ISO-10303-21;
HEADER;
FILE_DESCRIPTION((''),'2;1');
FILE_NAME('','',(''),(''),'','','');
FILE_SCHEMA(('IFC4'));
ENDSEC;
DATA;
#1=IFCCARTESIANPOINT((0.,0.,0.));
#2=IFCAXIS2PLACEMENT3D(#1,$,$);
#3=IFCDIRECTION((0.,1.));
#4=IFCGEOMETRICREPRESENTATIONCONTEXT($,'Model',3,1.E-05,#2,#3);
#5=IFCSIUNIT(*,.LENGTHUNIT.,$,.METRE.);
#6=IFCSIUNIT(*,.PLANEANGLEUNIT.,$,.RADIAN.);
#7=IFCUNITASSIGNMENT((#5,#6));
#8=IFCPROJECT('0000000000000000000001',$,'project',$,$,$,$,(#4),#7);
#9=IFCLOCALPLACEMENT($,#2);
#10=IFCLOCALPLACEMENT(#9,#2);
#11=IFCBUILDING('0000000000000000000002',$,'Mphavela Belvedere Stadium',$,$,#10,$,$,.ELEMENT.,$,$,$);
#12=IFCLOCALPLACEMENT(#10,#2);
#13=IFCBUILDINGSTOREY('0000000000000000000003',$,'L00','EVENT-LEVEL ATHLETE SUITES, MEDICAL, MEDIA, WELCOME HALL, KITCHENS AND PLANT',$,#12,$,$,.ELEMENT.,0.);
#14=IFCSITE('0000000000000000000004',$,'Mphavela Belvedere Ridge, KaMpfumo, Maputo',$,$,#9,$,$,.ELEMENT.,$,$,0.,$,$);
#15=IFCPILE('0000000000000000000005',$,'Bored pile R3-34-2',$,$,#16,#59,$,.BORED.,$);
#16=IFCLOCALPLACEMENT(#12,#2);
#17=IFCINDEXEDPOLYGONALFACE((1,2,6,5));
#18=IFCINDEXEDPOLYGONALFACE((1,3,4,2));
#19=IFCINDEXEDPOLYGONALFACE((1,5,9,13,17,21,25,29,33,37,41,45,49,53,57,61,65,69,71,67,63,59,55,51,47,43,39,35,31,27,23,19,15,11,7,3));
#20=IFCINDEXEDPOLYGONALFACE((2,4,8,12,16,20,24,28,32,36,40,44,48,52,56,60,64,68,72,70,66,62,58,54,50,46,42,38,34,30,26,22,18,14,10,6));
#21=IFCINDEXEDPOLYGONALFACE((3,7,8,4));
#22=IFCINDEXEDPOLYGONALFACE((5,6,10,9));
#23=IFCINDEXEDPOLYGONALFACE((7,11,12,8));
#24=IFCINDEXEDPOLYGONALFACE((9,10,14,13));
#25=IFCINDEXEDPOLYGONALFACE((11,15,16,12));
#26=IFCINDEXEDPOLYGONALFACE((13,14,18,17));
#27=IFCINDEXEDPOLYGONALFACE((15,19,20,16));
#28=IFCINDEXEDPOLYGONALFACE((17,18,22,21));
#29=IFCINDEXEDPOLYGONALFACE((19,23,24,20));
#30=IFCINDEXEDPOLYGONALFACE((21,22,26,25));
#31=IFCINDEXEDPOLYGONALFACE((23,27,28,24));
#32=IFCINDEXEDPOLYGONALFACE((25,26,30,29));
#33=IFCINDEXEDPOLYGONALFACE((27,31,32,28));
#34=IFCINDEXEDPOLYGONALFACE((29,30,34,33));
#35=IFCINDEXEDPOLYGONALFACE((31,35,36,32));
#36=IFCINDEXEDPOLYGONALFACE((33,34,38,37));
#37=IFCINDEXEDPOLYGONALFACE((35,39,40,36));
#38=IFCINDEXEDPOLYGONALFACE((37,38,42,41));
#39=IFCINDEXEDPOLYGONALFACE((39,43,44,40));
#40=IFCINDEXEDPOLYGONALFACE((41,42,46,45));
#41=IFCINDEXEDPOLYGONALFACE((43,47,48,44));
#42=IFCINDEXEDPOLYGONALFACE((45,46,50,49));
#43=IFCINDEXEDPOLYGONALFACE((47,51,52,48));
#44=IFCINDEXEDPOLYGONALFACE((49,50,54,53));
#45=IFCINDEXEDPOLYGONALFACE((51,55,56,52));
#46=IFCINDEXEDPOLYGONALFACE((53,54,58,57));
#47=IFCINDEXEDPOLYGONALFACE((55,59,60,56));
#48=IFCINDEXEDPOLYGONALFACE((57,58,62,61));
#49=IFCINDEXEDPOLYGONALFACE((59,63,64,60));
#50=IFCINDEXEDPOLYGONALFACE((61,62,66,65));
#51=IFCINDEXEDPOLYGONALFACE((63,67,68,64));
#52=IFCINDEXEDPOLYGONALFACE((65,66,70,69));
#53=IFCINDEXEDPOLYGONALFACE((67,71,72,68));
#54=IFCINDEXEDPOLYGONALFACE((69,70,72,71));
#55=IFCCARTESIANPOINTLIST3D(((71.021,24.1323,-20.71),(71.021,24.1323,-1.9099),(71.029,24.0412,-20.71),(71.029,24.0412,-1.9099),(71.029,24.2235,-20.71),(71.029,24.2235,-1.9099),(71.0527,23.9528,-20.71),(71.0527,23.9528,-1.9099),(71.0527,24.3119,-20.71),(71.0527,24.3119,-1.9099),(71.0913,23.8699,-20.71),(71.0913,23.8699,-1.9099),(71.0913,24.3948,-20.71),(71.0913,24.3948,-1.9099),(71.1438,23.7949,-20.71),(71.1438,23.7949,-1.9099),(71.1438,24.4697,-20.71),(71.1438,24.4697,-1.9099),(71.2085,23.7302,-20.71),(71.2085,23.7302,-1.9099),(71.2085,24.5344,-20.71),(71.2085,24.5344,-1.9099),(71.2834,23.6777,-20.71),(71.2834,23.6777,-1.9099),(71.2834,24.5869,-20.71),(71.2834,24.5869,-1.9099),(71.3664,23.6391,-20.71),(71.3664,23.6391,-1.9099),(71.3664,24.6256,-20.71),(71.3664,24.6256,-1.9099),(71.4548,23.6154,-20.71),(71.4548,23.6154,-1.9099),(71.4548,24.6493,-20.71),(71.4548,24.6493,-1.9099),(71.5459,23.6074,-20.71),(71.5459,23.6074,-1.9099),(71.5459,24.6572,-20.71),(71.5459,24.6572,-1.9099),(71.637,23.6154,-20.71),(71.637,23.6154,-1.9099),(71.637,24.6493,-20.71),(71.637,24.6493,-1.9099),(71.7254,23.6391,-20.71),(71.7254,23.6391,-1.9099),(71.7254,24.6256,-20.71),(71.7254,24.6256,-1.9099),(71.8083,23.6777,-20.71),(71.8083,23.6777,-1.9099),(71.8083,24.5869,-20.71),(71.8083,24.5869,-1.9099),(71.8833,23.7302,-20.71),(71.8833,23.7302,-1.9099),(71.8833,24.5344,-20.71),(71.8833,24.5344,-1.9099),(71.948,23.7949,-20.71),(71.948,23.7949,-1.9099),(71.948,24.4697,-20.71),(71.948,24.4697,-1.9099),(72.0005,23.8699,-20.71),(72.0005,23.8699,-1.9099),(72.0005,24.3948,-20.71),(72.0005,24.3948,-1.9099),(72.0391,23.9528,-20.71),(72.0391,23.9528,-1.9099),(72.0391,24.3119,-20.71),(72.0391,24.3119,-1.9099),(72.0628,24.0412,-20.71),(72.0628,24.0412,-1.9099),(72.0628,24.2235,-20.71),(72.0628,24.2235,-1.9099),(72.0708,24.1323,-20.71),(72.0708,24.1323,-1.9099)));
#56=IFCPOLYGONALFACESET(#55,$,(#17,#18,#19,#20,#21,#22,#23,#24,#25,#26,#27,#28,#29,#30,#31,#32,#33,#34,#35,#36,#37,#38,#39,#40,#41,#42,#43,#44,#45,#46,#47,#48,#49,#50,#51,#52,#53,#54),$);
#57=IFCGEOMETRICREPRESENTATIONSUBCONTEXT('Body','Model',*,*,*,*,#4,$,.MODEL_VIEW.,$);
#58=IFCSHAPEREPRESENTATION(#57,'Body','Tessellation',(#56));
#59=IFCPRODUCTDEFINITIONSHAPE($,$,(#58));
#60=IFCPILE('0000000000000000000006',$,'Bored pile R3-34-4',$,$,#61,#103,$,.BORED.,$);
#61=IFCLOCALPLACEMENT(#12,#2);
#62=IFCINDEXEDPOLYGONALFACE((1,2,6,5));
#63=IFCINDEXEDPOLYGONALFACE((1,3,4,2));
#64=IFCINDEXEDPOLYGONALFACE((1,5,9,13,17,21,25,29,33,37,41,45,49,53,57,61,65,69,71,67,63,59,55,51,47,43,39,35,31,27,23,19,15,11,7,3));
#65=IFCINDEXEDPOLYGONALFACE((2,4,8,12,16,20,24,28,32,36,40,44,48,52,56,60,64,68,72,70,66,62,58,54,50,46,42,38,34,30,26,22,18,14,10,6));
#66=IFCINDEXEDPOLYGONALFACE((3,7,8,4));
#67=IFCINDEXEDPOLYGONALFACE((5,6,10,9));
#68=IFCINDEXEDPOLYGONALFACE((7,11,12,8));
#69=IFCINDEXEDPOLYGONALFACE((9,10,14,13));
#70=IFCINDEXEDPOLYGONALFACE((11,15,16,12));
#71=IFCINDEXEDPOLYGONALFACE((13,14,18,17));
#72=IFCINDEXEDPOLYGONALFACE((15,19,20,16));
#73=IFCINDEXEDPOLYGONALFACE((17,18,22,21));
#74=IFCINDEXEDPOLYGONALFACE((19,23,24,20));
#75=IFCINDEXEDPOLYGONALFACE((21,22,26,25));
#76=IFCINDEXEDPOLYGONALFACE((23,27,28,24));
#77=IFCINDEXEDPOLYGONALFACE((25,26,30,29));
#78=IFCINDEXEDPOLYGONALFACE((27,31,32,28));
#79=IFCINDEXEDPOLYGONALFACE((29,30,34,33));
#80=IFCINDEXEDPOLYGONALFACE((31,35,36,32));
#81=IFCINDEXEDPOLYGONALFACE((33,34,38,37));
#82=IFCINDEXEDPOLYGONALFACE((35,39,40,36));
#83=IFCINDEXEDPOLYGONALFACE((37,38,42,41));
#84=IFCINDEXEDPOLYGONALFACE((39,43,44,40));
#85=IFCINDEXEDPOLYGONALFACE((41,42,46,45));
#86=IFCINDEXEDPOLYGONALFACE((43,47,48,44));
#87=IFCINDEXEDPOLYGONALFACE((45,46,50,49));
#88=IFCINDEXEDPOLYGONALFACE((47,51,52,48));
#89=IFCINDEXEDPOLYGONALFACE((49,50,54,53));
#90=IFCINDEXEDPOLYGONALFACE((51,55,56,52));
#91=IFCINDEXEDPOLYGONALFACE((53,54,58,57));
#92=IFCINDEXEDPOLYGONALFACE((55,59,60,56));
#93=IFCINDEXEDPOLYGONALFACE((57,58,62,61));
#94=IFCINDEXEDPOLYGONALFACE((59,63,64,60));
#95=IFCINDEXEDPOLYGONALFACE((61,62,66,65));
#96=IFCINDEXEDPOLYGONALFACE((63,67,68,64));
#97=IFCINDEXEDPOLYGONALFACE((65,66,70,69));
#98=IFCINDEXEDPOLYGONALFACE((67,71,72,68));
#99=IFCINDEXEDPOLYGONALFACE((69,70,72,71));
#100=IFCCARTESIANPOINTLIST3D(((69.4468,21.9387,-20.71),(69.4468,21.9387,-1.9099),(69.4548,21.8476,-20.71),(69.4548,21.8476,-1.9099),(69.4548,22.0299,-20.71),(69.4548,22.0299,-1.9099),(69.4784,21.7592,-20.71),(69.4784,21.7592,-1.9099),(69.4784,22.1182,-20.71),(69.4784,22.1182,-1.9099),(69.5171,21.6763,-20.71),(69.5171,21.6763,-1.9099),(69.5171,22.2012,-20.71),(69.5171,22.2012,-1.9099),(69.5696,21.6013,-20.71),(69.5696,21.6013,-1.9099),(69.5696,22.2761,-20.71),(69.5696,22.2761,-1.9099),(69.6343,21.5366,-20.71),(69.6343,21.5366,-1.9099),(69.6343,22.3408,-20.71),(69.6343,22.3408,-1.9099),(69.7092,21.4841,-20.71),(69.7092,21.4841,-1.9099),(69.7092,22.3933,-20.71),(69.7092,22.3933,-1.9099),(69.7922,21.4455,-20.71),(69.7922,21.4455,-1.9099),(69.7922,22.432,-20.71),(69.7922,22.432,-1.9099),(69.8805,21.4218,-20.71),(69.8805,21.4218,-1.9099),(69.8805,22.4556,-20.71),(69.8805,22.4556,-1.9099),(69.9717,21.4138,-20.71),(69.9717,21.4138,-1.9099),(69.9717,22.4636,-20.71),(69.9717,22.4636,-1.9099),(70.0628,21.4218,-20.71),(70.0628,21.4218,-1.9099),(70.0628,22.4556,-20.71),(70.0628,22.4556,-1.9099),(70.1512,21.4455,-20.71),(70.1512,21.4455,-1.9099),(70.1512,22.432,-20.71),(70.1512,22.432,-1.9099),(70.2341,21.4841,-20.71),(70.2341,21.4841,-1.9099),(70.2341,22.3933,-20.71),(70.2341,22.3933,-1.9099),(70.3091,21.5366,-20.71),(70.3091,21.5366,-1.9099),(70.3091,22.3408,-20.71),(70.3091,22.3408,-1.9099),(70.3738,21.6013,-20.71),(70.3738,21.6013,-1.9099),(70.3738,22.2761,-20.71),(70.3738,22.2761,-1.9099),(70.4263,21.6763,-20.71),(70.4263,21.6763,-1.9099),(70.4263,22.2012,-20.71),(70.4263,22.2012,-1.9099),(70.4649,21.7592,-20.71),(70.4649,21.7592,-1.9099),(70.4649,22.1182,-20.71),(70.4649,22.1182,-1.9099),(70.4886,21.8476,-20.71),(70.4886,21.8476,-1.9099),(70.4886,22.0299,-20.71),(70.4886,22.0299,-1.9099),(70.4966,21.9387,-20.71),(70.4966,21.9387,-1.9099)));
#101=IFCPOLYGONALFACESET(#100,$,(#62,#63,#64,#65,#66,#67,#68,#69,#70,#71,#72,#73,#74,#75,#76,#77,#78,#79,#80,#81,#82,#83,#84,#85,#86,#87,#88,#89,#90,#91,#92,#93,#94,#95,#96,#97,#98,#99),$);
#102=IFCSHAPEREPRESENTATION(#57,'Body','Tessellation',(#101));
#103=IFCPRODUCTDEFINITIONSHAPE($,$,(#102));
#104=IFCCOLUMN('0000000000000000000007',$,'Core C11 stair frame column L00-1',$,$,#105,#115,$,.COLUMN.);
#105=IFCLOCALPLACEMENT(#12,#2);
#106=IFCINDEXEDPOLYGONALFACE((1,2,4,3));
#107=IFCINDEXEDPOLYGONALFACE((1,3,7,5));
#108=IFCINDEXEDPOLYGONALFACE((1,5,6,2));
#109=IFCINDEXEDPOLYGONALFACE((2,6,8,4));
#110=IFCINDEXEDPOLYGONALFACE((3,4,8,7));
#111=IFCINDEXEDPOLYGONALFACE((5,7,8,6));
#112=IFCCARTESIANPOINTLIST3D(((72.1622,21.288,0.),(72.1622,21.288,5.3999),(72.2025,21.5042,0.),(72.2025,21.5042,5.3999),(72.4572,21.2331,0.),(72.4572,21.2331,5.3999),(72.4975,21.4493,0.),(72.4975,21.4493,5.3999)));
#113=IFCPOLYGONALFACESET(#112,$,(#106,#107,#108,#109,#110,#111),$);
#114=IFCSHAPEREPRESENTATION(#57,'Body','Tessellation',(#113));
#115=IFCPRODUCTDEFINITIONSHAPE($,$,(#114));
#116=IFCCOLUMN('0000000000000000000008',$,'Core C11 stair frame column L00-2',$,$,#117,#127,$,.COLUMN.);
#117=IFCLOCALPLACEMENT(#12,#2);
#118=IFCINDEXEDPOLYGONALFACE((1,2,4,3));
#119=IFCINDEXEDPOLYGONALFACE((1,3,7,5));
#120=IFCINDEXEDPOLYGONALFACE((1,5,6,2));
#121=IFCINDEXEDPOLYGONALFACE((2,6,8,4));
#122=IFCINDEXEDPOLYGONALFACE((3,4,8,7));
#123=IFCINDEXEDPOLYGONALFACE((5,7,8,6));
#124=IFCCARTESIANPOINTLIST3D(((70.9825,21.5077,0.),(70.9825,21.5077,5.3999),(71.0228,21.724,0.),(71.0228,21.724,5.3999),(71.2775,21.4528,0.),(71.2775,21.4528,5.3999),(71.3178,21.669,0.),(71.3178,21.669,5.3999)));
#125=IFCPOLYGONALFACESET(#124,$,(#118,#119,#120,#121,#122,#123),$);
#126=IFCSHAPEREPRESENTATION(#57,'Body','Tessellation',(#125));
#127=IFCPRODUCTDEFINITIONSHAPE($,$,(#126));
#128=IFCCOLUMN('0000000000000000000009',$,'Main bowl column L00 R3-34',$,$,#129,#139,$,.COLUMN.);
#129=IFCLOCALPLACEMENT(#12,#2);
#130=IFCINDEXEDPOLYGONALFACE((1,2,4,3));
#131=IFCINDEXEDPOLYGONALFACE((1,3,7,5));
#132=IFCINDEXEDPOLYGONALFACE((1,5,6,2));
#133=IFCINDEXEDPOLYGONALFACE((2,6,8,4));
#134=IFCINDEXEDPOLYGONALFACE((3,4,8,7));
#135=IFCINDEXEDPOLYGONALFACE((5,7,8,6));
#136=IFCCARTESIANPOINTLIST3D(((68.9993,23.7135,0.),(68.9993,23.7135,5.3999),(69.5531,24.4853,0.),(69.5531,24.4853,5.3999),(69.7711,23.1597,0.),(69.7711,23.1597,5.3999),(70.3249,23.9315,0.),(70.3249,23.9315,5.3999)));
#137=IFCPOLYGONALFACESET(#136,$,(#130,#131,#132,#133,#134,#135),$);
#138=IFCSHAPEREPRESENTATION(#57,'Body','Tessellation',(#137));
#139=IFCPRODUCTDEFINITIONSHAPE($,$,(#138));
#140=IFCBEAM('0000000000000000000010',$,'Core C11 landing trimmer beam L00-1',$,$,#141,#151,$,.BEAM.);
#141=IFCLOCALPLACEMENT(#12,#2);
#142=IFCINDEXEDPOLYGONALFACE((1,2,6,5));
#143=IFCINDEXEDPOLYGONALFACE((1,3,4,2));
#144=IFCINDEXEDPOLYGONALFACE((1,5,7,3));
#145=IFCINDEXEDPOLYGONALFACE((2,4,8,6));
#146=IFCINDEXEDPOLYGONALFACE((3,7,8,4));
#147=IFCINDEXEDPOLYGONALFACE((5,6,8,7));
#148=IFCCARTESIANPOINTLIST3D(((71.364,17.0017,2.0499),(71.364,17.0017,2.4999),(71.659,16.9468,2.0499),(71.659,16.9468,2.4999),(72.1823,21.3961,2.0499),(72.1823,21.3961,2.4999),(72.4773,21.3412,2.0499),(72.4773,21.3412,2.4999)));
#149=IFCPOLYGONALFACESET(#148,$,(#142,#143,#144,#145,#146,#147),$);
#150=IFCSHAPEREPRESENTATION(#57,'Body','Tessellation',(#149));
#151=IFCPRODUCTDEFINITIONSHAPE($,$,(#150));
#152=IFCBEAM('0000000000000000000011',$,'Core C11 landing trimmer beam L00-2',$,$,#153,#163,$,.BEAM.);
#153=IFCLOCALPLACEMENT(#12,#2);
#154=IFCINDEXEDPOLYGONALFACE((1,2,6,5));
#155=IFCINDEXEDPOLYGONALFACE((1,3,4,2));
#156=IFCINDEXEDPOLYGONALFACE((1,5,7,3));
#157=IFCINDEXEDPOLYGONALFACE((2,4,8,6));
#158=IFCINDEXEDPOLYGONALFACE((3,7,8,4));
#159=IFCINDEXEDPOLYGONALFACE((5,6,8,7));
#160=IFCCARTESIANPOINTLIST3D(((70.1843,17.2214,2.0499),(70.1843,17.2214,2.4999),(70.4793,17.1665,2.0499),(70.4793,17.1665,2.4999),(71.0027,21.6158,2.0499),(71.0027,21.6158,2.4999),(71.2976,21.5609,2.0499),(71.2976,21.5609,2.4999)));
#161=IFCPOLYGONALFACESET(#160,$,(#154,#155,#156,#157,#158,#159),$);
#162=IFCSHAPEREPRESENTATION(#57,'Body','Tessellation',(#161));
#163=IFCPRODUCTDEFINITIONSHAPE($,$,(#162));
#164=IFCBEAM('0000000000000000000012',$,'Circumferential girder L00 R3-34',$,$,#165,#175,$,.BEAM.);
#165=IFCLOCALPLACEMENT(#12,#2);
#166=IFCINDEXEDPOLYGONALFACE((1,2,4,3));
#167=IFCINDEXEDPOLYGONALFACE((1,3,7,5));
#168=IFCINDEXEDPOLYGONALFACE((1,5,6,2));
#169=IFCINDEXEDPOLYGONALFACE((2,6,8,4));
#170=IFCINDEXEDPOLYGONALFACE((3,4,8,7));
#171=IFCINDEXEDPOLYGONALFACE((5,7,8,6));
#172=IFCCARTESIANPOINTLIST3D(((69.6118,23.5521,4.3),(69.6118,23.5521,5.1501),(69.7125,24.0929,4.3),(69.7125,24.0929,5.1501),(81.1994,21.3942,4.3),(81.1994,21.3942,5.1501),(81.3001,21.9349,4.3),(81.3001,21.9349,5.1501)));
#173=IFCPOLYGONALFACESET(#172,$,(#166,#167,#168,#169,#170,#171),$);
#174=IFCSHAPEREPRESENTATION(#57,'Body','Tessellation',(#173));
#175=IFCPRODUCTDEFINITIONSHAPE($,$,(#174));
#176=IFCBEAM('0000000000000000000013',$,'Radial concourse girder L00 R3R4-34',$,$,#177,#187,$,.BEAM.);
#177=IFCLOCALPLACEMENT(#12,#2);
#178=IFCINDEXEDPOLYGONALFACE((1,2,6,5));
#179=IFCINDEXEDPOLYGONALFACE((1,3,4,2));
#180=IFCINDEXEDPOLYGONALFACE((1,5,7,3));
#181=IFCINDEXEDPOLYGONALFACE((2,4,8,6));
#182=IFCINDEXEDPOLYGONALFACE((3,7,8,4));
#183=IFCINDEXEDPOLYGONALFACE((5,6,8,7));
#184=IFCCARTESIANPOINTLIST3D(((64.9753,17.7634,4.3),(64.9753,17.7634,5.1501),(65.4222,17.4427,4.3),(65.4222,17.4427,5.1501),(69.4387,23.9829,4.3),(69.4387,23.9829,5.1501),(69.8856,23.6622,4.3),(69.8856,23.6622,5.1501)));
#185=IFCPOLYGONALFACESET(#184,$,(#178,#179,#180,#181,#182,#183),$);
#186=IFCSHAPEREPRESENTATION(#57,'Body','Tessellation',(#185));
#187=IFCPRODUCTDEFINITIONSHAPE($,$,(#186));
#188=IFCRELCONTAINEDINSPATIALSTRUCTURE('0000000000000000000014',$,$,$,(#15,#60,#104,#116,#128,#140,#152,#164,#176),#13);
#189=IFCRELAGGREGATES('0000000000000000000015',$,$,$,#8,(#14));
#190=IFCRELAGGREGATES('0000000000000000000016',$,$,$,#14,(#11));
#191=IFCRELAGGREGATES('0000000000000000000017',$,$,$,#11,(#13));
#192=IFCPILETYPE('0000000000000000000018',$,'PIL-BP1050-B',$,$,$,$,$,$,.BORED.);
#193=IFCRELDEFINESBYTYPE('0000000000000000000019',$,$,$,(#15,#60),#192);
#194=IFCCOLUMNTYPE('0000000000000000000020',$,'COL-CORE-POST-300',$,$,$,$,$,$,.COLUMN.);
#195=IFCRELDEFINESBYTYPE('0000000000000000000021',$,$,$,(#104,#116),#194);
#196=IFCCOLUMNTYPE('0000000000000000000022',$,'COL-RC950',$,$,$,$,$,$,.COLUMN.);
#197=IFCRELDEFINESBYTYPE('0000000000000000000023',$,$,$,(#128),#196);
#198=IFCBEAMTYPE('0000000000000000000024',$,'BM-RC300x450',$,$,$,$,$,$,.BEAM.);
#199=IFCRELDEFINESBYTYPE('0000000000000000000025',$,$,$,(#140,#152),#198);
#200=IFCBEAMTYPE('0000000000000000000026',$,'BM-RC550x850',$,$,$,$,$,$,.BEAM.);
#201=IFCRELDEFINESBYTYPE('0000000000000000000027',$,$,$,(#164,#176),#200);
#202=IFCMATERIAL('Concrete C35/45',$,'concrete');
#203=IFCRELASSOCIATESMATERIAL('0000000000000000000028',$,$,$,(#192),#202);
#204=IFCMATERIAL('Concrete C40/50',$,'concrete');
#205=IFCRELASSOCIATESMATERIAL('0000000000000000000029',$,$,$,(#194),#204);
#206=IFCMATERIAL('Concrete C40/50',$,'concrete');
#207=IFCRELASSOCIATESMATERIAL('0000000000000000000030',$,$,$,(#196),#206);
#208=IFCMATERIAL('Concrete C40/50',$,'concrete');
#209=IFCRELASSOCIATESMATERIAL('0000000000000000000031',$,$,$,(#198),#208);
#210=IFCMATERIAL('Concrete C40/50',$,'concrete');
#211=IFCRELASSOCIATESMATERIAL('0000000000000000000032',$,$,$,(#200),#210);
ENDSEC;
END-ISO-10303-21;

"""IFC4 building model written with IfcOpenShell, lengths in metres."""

from ifc_helpers import new_model, si_unit, direction, frame, origin, origin_2d, place, context, subcontext, project, spatial, rectangle, circle, extrude, material, material_profile, profile_set, type_object, element, save


model = new_model("IFC4")

# Units and contexts
model_context = context("Model", 3, precision=1e-05, world=origin(), true_north=direction((0.0, 1.0)))
body_context = subcontext(model_context, "Body", "Model", "MODEL_VIEW")
ifc_project = project(units=[si_unit("LENGTHUNIT", "METRE"), si_unit("PLANEANGLEUNIT", "RADIAN")], contexts=[model_context])

# Site, building, storey
site_placement = place(None, origin())
site = spatial("IfcSite", under=ifc_project, at=site_placement, Name="Mphavela Belvedere Ridge, KaMpfumo, Maputo", CompositionType="ELEMENT", RefElevation=0.0)
building_placement = place(site_placement, origin())
building = spatial("IfcBuilding", under=site, at=building_placement, Name="Mphavela Belvedere Stadium", CompositionType="ELEMENT")
storey_placement = place(building_placement, origin())
storey = spatial("IfcBuildingStorey", under=building, at=storey_placement, Name="L00", Description="EVENT-LEVEL ATHLETE SUITES, MEDICAL, MEDIA, WELCOME HALL, KITCHENS AND PLANT", CompositionType="ELEMENT", Elevation=0.0)

# Piles
ifc_material_1 = material(Name="Concrete C35/45", Category="concrete")
ifc_material_profile_1 = material_profile(ifc_material_1, circle(Radius=0.5249, at=origin_2d()), Name="BP D1050")
ifc_profile_set_1 = profile_set([ifc_material_profile_1], Name="Concrete C35/45")
pile_type_1 = type_object("IfcPileType", Name="PIL-BP1050-B", PredefinedType="BORED", material=ifc_profile_set_1)
for number, where, z_axis, x_axis, name in (
    (1, (71.5459, 24.1323, -1.9099), (0.0, 0.0, -1.0), (1.0, 0.0, 0.0), "Bored pile R3-34-2"),
    (2, (69.9717, 21.9387, -1.9099), (0.0, 0.0, -1.0), (1.0, 0.0, 0.0), "Bored pile R3-34-4"),
):
    element("IfcPile", number, at=place(storey_placement, frame(where, z_axis=z_axis, x_axis=x_axis)), inside=storey, type_object=pile_type_1, Name=name, PredefinedType="BORED", context=body_context, shape_type="SweptSolid", body=[
        extrude(circle(Radius=0.5249, at=origin_2d()), origin(), (0.0, 0.0, 1.0), 18.8),
    ])

# Columns
ifc_material_2 = material(Name="Concrete C40/50", Category="concrete")
ifc_material_profile_2 = material_profile(ifc_material_2, rectangle(XDim=0.3, YDim=0.22, at=origin_2d()), Name="RC 300x220")
ifc_profile_set_2 = profile_set([ifc_material_profile_2], Name="Concrete C40/50")
column_type_1 = type_object("IfcColumnType", Name="COL-CORE-POST-300", PredefinedType="COLUMN", material=ifc_profile_set_2)
for number, where, z_axis, x_axis, name in (
    (3, (72.3298, 21.3687, 0.0), (0.0, 0.0, 1.0), (-0.983096, 0.183094, 0.0), "Core C11 stair frame column L00-1"),
    (4, (71.1501, 21.5884, 0.0), (0.0, 0.0, 1.0), (-0.983096, 0.183094, 0.0), "Core C11 stair frame column L00-2"),
):
    element("IfcColumn", number, at=place(storey_placement, frame(where, z_axis=z_axis, x_axis=x_axis)), inside=storey, type_object=column_type_1, Name=name, PredefinedType="COLUMN", context=body_context, shape_type="SweptSolid", body=[
        extrude(rectangle(XDim=0.3, YDim=0.22, at=origin_2d()), origin(), (0.0, 0.0, 1.0), 5.3999),
    ])
ifc_material_3 = material(Name="Concrete C40/50", Category="concrete")
ifc_material_profile_3 = material_profile(ifc_material_3, rectangle(XDim=0.95, YDim=0.95, at=origin_2d()), Name="RC 950x950")
ifc_profile_set_3 = profile_set([ifc_material_profile_3], Name="Concrete C40/50")
column_type_2 = type_object("IfcColumnType", Name="COL-RC950", PredefinedType="COLUMN", material=ifc_profile_set_3)
column_placement = place(storey_placement, frame((69.6621, 23.8225, 0.0), z_axis=(0.0, 0.0, 1.0), x_axis=(-0.582974, -0.812491, 0.0)))
element("IfcColumn", 5, at=column_placement, inside=storey, type_object=column_type_2, Name="Main bowl column L00 R3-34", PredefinedType="COLUMN", context=body_context, shape_type="SweptSolid", body=[
    extrude(rectangle(XDim=0.95, YDim=0.95, at=origin_2d()), origin(), (0.0, 0.0, 1.0), 5.3999),
])

# Beams
ifc_material_4 = material(Name="Concrete C40/50", Category="concrete")
ifc_material_profile_4 = material_profile(ifc_material_4, rectangle(XDim=0.3, YDim=0.45, at=origin_2d()), Name="RC 300x450")
ifc_profile_set_4 = profile_set([ifc_material_profile_4], Name="Concrete C40/50")
beam_type_1 = type_object("IfcBeamType", Name="BM-RC300x450", PredefinedType="BEAM", material=ifc_profile_set_4)
for number, where, z_axis, x_axis, name in (
    (6, (72.3298, 21.3687, 2.2749), (-0.183075, -0.983099, 0.0), (0.983099, -0.183075, 0.0), "Core C11 landing trimmer beam L00-1"),
    (7, (71.1501, 21.5884, 2.2749), (-0.183075, -0.983099, 0.0), (0.983099, -0.183075, 0.0), "Core C11 landing trimmer beam L00-2"),
):
    element("IfcBeam", number, at=place(storey_placement, frame(where, z_axis=z_axis, x_axis=x_axis)), inside=storey, type_object=beam_type_1, Name=name, PredefinedType="BEAM", context=body_context, shape_type="SweptSolid", body=[
        extrude(rectangle(XDim=0.3, YDim=0.45, at=origin_2d()), origin(), (0.0, 0.0, 1.0), 4.47),
    ])
ifc_material_5 = material(Name="Concrete C40/50", Category="concrete")
ifc_material_profile_5 = material_profile(ifc_material_5, rectangle(XDim=0.55, YDim=0.8501, at=origin_2d()), Name="RC 550x850")
ifc_profile_set_5 = profile_set([ifc_material_profile_5], Name="Concrete C40/50")
beam_type_2 = type_object("IfcBeamType", Name="BM-RC550x850", PredefinedType="BEAM", material=ifc_profile_set_5)
beam_1_placement = place(storey_placement, frame((69.6621, 23.8225, 4.7251), z_axis=(0.983098, -0.183082, 0.0), x_axis=(0.183082, 0.983098, 0.0)))
element("IfcBeam", 8, at=beam_1_placement, inside=storey, type_object=beam_type_2, Name="Circumferential girder L00 R3-34", PredefinedType="BEAM", context=body_context, shape_type="SweptSolid", body=[
    extrude(rectangle(XDim=0.55, YDim=0.8501, at=origin_2d()), origin(), (0.0, 0.0, 1.0), 11.7869),
])
beam_2_placement = place(storey_placement, frame((69.6621, 23.8225, 4.7251), z_axis=(-0.583044, -0.812441, 0.0), x_axis=(0.812441, -0.583044, 0.0)))
element("IfcBeam", 9, at=beam_2_placement, inside=storey, type_object=beam_type_2, Name="Radial concourse girder L00 R3R4-34", PredefinedType="BEAM", context=body_context, shape_type="SweptSolid", body=[
    extrude(rectangle(XDim=0.55, YDim=0.8501, at=origin_2d()), origin(), (0.0, 0.0, 1.0), 7.6553),
])

save(model, "model.ifc")
